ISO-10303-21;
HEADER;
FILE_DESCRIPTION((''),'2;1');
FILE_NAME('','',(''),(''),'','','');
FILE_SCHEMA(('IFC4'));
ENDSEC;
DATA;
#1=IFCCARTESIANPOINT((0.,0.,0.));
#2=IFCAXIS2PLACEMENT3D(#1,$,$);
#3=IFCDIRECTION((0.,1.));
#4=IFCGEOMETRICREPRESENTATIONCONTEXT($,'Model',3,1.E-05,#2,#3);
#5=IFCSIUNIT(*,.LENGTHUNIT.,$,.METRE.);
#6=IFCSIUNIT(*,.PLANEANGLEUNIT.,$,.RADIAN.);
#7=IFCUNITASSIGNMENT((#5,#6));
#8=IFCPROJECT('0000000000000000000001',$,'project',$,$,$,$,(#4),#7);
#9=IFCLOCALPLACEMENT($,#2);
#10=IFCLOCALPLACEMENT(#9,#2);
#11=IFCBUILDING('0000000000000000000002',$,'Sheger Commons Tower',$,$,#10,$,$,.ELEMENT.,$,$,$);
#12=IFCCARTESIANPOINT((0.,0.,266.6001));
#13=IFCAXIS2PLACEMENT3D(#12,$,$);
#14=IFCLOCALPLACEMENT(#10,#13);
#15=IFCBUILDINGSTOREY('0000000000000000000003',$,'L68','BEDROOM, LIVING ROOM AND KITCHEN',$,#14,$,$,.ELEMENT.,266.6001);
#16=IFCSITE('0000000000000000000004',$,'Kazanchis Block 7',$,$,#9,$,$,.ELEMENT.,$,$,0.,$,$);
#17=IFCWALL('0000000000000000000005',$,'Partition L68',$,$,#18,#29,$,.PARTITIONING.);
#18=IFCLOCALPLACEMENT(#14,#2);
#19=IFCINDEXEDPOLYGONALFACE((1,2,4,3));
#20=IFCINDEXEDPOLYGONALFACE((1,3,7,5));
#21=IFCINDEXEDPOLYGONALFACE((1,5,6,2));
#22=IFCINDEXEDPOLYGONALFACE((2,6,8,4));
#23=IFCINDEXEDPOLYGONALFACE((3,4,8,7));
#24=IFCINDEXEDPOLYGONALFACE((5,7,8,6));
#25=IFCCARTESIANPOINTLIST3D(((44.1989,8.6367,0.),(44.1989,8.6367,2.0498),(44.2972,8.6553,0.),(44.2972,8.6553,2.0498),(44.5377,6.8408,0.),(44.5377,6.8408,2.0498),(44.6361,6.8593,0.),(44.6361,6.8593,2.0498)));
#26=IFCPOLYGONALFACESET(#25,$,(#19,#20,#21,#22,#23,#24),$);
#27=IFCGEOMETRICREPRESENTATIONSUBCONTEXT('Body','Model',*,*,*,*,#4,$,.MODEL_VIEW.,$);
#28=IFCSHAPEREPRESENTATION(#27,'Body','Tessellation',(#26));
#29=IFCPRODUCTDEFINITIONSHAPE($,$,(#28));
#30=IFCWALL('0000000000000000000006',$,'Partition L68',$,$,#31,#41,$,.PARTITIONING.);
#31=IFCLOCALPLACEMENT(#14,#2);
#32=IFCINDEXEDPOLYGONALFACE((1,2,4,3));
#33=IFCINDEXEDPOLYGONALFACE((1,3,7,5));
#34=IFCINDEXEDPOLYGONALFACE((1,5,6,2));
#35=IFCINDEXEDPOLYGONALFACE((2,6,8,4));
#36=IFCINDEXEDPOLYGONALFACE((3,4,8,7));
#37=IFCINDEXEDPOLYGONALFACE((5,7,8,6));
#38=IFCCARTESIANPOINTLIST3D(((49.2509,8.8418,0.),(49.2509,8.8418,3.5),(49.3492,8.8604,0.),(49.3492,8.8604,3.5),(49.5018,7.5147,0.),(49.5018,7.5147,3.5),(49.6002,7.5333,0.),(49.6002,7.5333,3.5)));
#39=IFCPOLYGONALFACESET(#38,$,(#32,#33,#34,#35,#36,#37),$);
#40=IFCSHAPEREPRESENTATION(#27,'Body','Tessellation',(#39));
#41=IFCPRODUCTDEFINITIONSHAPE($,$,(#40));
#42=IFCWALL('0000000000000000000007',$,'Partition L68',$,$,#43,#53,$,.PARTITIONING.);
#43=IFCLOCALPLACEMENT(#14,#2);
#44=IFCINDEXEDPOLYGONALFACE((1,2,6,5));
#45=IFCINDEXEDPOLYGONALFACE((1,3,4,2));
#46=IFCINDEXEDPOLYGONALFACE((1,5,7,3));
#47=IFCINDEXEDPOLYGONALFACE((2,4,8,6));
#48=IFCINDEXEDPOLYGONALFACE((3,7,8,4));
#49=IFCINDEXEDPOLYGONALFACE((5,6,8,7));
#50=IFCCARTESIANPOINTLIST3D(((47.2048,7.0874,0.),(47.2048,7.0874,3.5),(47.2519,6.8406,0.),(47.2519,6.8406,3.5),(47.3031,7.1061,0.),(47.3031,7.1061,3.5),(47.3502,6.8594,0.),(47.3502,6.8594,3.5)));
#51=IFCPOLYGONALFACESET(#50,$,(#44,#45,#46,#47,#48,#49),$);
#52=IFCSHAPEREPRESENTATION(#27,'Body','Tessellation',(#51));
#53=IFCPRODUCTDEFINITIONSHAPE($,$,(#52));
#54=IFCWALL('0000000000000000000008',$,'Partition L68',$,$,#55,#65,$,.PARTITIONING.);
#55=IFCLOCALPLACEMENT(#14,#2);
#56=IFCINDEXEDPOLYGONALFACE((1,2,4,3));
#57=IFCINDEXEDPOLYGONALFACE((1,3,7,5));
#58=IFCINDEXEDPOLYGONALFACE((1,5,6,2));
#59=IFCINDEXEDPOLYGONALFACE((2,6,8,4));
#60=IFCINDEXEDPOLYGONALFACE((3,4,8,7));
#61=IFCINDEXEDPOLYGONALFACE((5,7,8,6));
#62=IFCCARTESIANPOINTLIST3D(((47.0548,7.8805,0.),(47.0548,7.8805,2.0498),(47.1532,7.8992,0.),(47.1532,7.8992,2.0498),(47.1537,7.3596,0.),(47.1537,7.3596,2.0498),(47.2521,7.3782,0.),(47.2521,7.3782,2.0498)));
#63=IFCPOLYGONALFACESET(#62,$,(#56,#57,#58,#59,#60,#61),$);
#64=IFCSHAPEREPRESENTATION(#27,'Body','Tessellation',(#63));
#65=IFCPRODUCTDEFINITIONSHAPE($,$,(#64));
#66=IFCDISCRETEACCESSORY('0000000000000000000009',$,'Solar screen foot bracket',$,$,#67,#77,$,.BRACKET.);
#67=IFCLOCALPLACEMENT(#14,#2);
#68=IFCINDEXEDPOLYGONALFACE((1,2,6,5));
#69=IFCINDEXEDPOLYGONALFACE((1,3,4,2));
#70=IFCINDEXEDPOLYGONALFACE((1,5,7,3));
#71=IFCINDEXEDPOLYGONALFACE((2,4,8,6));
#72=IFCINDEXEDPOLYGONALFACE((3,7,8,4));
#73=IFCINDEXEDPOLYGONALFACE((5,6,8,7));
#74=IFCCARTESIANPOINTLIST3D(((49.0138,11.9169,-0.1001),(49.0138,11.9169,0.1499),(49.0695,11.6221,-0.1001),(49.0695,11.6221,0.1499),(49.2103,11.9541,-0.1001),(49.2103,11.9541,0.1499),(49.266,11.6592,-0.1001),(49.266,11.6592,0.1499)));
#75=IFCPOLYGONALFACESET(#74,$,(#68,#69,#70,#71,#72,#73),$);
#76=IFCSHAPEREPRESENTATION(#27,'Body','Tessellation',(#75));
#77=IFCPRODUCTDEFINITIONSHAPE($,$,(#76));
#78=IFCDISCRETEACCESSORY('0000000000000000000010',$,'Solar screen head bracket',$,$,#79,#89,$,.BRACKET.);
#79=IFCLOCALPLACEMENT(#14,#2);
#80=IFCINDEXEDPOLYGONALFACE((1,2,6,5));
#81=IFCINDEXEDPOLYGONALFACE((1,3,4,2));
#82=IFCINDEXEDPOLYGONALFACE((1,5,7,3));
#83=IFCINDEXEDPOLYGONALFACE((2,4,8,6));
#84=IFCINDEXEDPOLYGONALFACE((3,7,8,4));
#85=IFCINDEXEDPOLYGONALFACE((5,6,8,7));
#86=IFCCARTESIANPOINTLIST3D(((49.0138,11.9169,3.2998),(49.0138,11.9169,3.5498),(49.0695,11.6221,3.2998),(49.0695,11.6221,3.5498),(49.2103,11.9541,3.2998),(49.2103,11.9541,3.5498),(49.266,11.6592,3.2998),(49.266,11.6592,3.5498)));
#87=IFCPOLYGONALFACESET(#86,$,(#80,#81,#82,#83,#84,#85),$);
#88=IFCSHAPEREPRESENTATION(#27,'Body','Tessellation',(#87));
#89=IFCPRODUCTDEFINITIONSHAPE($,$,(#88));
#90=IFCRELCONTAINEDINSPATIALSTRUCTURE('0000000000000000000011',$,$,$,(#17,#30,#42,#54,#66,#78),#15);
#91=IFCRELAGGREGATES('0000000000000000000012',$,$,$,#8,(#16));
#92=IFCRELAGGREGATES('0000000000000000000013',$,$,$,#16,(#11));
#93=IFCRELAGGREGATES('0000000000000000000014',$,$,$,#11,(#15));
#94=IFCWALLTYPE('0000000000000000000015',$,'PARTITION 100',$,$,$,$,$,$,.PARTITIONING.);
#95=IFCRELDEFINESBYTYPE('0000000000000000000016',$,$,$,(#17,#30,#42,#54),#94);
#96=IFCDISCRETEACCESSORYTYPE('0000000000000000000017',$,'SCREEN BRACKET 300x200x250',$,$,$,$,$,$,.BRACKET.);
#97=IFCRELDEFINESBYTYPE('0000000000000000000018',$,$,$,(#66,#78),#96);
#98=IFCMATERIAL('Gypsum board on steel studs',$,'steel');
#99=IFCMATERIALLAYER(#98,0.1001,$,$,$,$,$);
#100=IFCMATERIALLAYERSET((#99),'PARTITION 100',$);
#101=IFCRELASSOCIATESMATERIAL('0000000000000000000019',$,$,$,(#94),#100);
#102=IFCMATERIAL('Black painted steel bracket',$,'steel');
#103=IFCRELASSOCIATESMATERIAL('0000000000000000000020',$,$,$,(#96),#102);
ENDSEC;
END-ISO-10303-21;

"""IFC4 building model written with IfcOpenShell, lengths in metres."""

from ifc_helpers import new_model, si_unit, direction, frame, frame_2d, origin, origin_2d, place, context, subcontext, project, spatial, rectangle, extrude, material, layer, layer_set, type_object, element, save


model = new_model("IFC4")

# Units and contexts
model_context = context("Model", 3, precision=1e-05, world=origin(), true_north=direction((0.0, 1.0)))
body_context = subcontext(model_context, "Body", "Model", "MODEL_VIEW")
ifc_project = project(units=[si_unit("LENGTHUNIT", "METRE"), si_unit("PLANEANGLEUNIT", "RADIAN")], contexts=[model_context])

# Site, building, storey
site_placement = place(None, origin())
site = spatial("IfcSite", under=ifc_project, at=site_placement, Name="Kazanchis Block 7", CompositionType="ELEMENT", RefElevation=0.0)
building_placement = place(site_placement, origin())
building = spatial("IfcBuilding", under=site, at=building_placement, Name="Sheger Commons Tower", CompositionType="ELEMENT")
storey_placement = place(building_placement, frame((0.0, 0.0, 266.6001)))
storey = spatial("IfcBuildingStorey", under=building, at=storey_placement, Name="L68", Description="BEDROOM, LIVING ROOM AND KITCHEN", CompositionType="ELEMENT", Elevation=266.6001)

# Walls
ifc_material_1 = material(Name="Gypsum board on steel studs", Category="steel")
ifc_layer_1 = layer(ifc_material_1, 0.1001)
ifc_layer_set_1 = layer_set([ifc_layer_1], Name="PARTITION 100")
wall_type_1 = type_object("IfcWallType", Name="PARTITION 100", PredefinedType="PARTITIONING", material=ifc_layer_set_1)
wall_1_placement = place(storey_placement, frame((44.248, 8.646, 0.0), z_axis=(0.0, 0.0, 1.0), x_axis=(0.185418, -0.98266, 0.0)))
element("IfcWall", 1, at=wall_1_placement, inside=storey, type_object=wall_type_1, Name="Partition L68", PredefinedType="PARTITIONING", context=body_context, shape_type="SweptSolid", body=[
    extrude(rectangle(XDim=1.8276, YDim=0.1001, at=frame_2d((0.9138, 0.0))), origin(), (0.0, 0.0, 1.0), 2.0498),
])
wall_2_placement = place(storey_placement, frame((49.3, 8.8511, 0.0), z_axis=(0.0, 0.0, 1.0), x_axis=(0.185816, -0.982585, 0.0)))
element("IfcWall", 2, at=wall_2_placement, inside=storey, type_object=wall_type_1, Name="Partition L68", PredefinedType="PARTITIONING", context=body_context, shape_type="SweptSolid", body=[
    extrude(rectangle(XDim=1.3506, YDim=0.1001, at=frame_2d((0.6753, 0.0))), origin(), (0.0, 0.0, 1.0), 3.5),
])
wall_3_placement = place(storey_placement, frame((47.301, 6.8501, 0.0), z_axis=(0.0, 0.0, 1.0), x_axis=(-0.187514, 0.982262, 0.0)))
element("IfcWall", 3, at=wall_3_placement, inside=storey, type_object=wall_type_1, Name="Partition L68", PredefinedType="PARTITIONING", context=body_context, shape_type="SweptSolid", body=[
    extrude(rectangle(XDim=0.2512, YDim=0.1001, at=frame_2d((0.1255, 0.0))), origin(), (0.0, 0.0, 1.0), 3.5),
])
wall_4_placement = place(storey_placement, frame((47.2029, 7.3689, 0.0), z_axis=(0.0, 0.0, 1.0), x_axis=(-0.186456, 0.982463, 0.0)))
element("IfcWall", 4, at=wall_4_placement, inside=storey, type_object=wall_type_1, Name="Partition L68", PredefinedType="PARTITIONING", context=body_context, shape_type="SweptSolid", body=[
    extrude(rectangle(XDim=0.5303, YDim=0.1001, at=frame_2d((0.2651, 0.0))), origin(), (0.0, 0.0, 1.0), 2.0498),
])

# Discrete accessories
ifc_material_2 = material(Name="Black painted steel bracket", Category="steel")
discrete_accessory_type = type_object("IfcDiscreteAccessoryType", Name="SCREEN BRACKET 300x200x250", PredefinedType="BRACKET", material=ifc_material_2)
for number, where, z_axis, x_axis, name in (
    (5, (49.1399, 11.7881, -0.1001), (0.0, 0.0, 1.0), (-0.185615, 0.982623, 0.0), "Solar screen foot bracket"),
    (6, (49.1399, 11.7881, 3.2998), (0.0, 0.0, 1.0), (-0.185615, 0.982623, 0.0), "Solar screen head bracket"),
):
    element("IfcDiscreteAccessory", number, at=place(storey_placement, frame(where, z_axis=z_axis, x_axis=x_axis)), inside=storey, type_object=discrete_accessory_type, Name=name, PredefinedType="BRACKET", context=body_context, shape_type="SweptSolid", body=[
        extrude(rectangle(XDim=0.3, YDim=0.2, at=origin_2d()), origin(), (0.0, 0.0, 1.0), 0.25),
    ])

save(model, "model.ifc")
